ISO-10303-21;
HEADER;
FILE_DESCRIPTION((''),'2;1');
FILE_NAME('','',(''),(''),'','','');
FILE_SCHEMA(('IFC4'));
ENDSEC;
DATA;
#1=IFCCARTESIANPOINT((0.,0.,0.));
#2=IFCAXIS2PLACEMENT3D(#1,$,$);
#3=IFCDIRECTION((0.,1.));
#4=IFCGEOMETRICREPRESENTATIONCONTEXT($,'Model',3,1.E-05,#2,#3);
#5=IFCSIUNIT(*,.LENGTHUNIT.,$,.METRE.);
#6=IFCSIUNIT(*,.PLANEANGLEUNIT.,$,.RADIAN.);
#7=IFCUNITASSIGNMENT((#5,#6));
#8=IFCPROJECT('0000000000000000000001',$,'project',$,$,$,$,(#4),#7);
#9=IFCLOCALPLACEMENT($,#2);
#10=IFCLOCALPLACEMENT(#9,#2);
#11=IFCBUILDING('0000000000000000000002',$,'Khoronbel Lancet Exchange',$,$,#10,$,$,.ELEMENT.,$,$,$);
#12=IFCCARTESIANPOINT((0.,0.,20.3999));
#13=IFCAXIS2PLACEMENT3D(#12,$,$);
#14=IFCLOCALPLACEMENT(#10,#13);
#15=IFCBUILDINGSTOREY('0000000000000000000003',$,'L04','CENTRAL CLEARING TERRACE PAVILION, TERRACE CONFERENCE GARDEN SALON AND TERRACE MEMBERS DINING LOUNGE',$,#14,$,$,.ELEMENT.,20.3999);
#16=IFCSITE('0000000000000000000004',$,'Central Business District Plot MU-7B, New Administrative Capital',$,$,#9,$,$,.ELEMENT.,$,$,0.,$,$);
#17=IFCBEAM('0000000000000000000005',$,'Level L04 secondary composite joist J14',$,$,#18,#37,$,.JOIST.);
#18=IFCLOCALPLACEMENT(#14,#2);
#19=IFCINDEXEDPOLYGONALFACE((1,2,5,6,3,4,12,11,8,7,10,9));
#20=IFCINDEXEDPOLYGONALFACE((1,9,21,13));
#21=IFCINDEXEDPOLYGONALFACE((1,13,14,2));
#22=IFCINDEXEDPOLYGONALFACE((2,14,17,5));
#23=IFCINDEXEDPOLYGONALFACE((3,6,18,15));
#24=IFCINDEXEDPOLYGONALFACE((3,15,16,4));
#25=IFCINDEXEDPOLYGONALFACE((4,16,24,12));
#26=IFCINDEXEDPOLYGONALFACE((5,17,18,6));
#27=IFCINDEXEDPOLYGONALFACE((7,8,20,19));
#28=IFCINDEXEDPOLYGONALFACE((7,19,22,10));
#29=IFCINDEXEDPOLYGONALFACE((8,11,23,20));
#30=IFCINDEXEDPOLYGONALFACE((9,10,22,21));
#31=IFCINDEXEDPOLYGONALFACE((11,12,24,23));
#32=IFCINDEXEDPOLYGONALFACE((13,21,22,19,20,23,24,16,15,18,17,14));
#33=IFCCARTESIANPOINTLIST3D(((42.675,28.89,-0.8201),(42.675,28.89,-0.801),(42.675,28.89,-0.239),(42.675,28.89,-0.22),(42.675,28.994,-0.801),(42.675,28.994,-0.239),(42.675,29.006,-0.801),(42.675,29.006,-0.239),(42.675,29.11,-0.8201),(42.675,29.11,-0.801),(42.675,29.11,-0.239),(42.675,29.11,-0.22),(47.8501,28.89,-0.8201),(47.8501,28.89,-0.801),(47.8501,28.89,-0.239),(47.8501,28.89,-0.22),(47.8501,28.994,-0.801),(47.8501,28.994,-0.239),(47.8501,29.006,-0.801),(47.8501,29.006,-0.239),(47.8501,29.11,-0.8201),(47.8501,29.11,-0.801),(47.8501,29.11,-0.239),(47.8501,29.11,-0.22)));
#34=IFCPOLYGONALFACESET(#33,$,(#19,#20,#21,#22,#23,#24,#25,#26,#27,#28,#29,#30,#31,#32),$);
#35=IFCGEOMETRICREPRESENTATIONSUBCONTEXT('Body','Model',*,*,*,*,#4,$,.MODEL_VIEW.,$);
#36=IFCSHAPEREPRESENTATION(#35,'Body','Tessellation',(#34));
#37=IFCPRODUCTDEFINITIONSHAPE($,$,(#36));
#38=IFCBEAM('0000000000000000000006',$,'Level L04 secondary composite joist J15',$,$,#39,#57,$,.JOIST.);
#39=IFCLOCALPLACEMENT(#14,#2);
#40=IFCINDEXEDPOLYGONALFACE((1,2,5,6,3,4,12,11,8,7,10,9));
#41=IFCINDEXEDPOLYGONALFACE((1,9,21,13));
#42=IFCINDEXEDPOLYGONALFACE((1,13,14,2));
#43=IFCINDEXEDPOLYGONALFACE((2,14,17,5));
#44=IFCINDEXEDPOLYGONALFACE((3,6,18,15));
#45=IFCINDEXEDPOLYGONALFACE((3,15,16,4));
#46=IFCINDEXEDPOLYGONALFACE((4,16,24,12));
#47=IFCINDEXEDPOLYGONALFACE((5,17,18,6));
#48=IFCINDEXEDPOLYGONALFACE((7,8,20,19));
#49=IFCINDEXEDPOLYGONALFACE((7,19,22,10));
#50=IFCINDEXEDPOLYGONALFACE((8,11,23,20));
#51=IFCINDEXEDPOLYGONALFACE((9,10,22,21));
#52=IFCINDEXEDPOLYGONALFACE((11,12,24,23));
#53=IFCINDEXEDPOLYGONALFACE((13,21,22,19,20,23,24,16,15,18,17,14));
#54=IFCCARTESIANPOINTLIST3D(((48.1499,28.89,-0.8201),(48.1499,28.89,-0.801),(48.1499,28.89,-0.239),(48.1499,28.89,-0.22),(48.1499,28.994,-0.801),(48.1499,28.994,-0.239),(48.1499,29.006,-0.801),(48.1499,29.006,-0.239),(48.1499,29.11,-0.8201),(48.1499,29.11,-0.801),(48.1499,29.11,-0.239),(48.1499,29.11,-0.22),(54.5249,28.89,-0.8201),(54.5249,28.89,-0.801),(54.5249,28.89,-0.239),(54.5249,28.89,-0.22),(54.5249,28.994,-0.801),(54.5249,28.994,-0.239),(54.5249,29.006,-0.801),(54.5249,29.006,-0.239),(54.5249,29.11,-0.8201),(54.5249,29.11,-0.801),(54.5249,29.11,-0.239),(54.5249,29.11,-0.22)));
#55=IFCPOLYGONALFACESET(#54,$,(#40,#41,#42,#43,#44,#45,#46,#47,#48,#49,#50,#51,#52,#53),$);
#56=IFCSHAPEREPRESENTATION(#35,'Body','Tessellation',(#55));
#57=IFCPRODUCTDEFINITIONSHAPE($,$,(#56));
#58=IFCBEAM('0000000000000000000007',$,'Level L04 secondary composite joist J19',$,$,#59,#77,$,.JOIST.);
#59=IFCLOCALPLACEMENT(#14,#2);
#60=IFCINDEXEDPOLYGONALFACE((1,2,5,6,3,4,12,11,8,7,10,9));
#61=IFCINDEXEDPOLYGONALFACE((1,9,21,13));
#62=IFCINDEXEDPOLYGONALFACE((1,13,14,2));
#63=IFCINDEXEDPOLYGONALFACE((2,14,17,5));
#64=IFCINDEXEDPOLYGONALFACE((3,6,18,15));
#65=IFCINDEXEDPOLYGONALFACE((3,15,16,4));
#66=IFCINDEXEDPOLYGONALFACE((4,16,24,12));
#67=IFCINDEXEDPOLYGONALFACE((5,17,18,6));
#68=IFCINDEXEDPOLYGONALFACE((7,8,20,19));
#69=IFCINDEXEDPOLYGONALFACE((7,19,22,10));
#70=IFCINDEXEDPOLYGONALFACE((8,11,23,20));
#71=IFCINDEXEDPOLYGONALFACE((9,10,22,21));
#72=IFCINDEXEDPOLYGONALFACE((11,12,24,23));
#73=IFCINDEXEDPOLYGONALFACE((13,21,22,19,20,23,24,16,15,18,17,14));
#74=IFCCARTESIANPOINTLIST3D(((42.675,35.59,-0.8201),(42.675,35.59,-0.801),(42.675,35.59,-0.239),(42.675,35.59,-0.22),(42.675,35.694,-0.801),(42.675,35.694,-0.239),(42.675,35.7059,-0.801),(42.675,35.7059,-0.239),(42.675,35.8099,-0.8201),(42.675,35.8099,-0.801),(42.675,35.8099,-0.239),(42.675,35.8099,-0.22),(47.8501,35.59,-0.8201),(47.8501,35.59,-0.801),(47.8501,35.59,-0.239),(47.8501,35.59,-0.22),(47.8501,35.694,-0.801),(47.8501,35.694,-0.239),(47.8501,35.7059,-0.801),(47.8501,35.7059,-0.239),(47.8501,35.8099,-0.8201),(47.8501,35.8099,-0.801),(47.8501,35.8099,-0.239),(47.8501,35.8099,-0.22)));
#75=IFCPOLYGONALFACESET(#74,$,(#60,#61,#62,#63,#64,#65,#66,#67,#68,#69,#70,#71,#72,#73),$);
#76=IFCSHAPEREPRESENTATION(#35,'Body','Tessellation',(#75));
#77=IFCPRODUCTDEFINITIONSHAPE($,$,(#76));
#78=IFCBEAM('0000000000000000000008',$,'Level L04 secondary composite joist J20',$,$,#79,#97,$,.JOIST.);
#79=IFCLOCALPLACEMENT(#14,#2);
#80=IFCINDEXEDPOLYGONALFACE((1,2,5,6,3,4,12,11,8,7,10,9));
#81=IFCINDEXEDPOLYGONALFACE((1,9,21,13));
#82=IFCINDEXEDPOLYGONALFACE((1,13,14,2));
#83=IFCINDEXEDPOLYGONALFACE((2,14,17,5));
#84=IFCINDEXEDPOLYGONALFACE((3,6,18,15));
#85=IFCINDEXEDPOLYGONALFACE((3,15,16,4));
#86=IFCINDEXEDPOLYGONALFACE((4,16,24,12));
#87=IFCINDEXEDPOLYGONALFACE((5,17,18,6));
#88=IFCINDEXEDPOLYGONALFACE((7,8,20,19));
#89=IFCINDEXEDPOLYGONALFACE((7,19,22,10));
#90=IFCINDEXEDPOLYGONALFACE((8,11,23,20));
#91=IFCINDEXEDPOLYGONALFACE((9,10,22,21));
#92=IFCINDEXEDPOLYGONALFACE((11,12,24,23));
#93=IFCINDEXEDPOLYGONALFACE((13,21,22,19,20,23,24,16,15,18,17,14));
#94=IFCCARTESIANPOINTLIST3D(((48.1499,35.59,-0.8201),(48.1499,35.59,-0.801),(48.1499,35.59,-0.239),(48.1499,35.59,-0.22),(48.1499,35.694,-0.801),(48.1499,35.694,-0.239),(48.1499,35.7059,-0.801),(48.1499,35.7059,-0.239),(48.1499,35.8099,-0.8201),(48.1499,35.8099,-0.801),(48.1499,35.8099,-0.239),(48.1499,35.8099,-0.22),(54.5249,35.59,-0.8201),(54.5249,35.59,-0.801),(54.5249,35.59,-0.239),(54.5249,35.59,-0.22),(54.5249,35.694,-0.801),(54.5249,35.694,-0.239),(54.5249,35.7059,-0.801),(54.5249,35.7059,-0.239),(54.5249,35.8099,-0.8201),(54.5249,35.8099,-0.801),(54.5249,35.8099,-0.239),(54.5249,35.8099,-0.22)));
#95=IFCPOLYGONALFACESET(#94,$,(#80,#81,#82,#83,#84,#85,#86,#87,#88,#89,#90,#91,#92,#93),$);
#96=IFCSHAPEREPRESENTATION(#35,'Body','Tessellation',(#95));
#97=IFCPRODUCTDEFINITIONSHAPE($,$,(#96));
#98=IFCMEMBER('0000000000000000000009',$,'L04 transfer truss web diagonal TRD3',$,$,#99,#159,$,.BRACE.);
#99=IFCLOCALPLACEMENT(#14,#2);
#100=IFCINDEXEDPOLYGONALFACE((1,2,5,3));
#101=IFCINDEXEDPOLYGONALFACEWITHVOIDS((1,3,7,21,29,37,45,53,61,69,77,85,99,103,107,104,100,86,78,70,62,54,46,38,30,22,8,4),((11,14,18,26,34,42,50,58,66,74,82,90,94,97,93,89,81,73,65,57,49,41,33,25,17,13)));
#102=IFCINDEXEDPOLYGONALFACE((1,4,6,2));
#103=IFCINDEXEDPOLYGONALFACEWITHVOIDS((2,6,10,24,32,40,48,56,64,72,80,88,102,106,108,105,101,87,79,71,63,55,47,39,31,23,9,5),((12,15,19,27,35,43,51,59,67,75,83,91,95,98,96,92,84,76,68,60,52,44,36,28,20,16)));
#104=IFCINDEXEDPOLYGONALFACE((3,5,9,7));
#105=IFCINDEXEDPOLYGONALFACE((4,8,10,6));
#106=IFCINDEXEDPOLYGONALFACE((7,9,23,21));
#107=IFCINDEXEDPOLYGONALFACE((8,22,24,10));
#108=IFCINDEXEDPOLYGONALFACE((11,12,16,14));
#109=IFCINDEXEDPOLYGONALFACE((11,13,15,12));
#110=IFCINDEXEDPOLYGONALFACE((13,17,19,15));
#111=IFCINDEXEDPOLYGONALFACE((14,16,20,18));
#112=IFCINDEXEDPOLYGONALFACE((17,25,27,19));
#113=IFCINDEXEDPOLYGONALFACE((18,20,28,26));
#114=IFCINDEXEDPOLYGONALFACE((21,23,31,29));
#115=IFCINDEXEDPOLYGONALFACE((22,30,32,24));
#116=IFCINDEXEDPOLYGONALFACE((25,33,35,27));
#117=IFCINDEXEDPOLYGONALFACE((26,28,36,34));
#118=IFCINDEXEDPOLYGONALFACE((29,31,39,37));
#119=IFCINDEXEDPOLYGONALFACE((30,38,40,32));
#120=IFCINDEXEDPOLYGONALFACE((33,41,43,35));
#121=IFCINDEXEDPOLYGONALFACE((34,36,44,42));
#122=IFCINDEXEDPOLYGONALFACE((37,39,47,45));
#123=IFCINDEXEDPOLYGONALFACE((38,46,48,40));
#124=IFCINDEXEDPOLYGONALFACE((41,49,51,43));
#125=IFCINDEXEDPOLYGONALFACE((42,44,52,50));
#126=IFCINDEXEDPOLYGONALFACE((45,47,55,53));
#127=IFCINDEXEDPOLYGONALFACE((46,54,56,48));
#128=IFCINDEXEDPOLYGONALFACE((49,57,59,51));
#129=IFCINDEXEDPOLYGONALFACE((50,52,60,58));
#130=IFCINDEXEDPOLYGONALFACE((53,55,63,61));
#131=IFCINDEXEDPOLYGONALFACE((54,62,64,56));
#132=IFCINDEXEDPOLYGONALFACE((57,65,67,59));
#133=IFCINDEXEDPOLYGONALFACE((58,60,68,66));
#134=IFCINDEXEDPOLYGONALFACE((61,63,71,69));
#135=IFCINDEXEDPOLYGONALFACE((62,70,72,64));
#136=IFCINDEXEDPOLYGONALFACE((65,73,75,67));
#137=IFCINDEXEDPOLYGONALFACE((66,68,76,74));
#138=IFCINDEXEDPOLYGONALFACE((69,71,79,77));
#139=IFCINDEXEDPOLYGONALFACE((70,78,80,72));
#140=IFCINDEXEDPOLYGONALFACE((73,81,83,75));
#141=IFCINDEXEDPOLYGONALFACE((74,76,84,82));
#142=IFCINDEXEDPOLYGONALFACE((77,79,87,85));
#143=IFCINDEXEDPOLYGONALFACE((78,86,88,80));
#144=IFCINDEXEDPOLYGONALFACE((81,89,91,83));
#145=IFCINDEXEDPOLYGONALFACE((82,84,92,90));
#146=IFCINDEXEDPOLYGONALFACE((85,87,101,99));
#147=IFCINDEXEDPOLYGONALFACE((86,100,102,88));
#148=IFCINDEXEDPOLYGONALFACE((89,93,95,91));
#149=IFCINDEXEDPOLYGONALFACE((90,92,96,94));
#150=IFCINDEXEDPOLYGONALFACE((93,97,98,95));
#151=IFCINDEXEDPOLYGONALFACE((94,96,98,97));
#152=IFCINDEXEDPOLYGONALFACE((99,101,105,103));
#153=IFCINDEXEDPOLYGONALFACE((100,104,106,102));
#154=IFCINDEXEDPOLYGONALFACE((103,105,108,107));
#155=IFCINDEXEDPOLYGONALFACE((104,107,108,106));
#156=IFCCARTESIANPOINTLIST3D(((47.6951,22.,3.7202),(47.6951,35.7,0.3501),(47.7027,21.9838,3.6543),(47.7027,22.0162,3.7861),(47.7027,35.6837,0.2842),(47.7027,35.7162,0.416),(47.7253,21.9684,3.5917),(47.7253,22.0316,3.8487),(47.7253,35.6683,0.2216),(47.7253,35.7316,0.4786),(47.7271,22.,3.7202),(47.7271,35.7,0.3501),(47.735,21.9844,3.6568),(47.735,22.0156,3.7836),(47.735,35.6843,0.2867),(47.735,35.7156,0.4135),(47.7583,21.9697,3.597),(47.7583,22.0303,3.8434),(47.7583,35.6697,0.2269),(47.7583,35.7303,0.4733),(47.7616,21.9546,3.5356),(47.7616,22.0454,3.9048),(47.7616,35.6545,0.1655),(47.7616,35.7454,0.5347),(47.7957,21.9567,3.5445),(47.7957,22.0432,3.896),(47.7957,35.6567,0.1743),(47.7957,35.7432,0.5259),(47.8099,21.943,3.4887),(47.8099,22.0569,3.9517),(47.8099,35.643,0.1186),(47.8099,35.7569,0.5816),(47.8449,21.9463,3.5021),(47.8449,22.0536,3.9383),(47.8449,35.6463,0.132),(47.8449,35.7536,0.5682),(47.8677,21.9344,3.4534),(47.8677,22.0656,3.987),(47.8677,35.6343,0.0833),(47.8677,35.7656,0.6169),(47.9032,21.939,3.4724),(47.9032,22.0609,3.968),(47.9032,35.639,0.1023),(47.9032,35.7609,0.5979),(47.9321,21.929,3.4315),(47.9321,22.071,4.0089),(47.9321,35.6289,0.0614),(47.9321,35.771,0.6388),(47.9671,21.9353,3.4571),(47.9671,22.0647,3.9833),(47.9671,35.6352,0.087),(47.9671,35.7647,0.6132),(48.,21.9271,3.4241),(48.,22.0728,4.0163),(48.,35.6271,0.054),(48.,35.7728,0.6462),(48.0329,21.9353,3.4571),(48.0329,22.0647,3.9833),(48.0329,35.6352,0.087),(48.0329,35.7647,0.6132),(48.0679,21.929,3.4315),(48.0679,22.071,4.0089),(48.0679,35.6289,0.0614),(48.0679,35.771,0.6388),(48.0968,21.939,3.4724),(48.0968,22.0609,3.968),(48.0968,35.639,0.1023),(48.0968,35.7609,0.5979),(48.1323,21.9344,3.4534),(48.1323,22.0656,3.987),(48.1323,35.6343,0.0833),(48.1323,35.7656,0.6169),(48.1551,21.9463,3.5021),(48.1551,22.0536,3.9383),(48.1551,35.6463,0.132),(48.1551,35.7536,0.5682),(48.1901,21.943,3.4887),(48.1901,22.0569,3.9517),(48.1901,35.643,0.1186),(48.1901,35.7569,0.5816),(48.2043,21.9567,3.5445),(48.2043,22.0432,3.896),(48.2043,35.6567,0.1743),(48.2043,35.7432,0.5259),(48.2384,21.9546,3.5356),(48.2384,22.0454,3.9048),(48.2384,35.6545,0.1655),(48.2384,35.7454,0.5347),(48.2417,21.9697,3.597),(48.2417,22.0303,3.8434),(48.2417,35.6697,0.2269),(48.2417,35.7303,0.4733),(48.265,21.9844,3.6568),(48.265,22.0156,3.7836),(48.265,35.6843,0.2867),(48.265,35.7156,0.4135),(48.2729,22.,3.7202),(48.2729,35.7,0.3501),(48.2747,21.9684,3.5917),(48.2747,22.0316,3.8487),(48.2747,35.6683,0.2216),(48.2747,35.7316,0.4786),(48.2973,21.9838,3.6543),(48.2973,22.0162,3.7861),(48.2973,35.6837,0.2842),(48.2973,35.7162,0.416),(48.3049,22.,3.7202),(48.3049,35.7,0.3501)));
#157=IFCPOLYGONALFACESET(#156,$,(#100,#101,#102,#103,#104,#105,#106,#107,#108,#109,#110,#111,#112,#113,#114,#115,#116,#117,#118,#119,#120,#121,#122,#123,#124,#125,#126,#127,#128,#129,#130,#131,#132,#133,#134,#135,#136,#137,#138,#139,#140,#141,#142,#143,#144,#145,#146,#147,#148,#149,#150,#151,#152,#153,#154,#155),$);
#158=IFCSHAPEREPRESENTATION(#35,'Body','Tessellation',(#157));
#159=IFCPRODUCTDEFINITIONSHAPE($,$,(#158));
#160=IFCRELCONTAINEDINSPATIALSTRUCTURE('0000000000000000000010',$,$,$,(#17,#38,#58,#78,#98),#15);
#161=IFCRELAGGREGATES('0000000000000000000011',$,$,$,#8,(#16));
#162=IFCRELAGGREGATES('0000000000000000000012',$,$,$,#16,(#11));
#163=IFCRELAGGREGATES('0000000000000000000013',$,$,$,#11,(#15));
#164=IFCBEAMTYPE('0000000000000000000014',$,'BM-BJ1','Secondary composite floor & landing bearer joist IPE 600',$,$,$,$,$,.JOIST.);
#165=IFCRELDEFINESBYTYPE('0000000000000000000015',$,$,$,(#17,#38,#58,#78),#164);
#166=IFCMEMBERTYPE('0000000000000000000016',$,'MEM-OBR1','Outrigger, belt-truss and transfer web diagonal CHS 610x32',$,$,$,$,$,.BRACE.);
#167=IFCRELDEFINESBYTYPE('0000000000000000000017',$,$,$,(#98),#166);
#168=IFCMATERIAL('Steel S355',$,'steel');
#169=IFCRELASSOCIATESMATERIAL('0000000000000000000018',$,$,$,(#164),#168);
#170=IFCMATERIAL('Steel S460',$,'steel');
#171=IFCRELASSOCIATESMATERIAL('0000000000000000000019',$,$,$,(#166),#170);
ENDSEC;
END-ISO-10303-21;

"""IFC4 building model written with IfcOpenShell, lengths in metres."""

from ifc_helpers import new_model, si_unit, direction, frame, origin, origin_2d, place, context, subcontext, project, spatial, hollow_circle, i_section, extrude, material, material_profile, profile_set, type_object, element, save


model = new_model("IFC4")

# Units and contexts
model_context = context("Model", 3, precision=1e-05, world=origin(), true_north=direction((0.0, 1.0)))
body_context = subcontext(model_context, "Body", "Model", "MODEL_VIEW")
ifc_project = project(units=[si_unit("LENGTHUNIT", "METRE"), si_unit("PLANEANGLEUNIT", "RADIAN")], contexts=[model_context])

# Site, building, storey
site_placement = place(None, origin())
site = spatial("IfcSite", under=ifc_project, at=site_placement, Name="Central Business District Plot MU-7B, New Administrative Capital", CompositionType="ELEMENT", RefElevation=0.0)
building_placement = place(site_placement, origin())
building = spatial("IfcBuilding", under=site, at=building_placement, Name="Khoronbel Lancet Exchange", CompositionType="ELEMENT")
storey_placement = place(building_placement, frame((0.0, 0.0, 20.3999)))
storey = spatial("IfcBuildingStorey", under=building, at=storey_placement, Name="L04", Description="CENTRAL CLEARING TERRACE PAVILION, TERRACE CONFERENCE GARDEN SALON AND TERRACE MEMBERS DINING LOUNGE", CompositionType="ELEMENT", Elevation=20.3999)

# Shared definitions
ifc_material_1 = material(Name="Steel S460", Category="steel")
ifc_material_2 = material(Name="Steel S355", Category="steel")

# Beams
ifc_material_profile_1 = material_profile(ifc_material_2, i_section(OverallWidth=0.22, OverallDepth=0.6001, WebThickness=0.012, FlangeThickness=0.019, at=origin_2d()), Name="IPE 600")
ifc_profile_set_1 = profile_set([ifc_material_profile_1], Name="Steel S355")
beam_type_1 = type_object("IfcBeamType", Name="BM-BJ1", Description="Secondary composite floor & landing bearer joist IPE 600", PredefinedType="JOIST", material=ifc_profile_set_1)
beam_1_placement = place(storey_placement, frame((42.675, 29.0, -0.52), z_axis=(1.0, 0.0, 0.0), x_axis=(0.0, 1.0, 0.0)))
element("IfcBeam", 1, at=beam_1_placement, inside=storey, type_object=beam_type_1, Name="Level L04 secondary composite joist J14", PredefinedType="JOIST", context=body_context, shape_type="SweptSolid", body=[
    extrude(i_section(OverallWidth=0.22, OverallDepth=0.6001, WebThickness=0.012, FlangeThickness=0.019, at=origin_2d()), origin(), (0.0, 0.0, 1.0), 5.175),
])
beam_2_placement = place(storey_placement, frame((48.1499, 29.0, -0.52), z_axis=(1.0, 0.0, 0.0), x_axis=(0.0, 1.0, 0.0)))
element("IfcBeam", 2, at=beam_2_placement, inside=storey, type_object=beam_type_1, Name="Level L04 secondary composite joist J15", PredefinedType="JOIST", context=body_context, shape_type="SweptSolid", body=[
    extrude(i_section(OverallWidth=0.22, OverallDepth=0.6001, WebThickness=0.012, FlangeThickness=0.019, at=origin_2d()), origin(), (0.0, 0.0, 1.0), 6.375),
])
beam_3_placement = place(storey_placement, frame((42.675, 35.7, -0.52), z_axis=(1.0, 0.0, 0.0), x_axis=(0.0, 1.0, 0.0)))
element("IfcBeam", 3, at=beam_3_placement, inside=storey, type_object=beam_type_1, Name="Level L04 secondary composite joist J19", PredefinedType="JOIST", context=body_context, shape_type="SweptSolid", body=[
    extrude(i_section(OverallWidth=0.22, OverallDepth=0.6001, WebThickness=0.012, FlangeThickness=0.019, at=origin_2d()), origin(), (0.0, 0.0, 1.0), 5.175),
])
beam_4_placement = place(storey_placement, frame((48.1499, 35.7, -0.52), z_axis=(1.0, 0.0, 0.0), x_axis=(0.0, 1.0, 0.0)))
element("IfcBeam", 4, at=beam_4_placement, inside=storey, type_object=beam_type_1, Name="Level L04 secondary composite joist J20", PredefinedType="JOIST", context=body_context, shape_type="SweptSolid", body=[
    extrude(i_section(OverallWidth=0.22, OverallDepth=0.6001, WebThickness=0.012, FlangeThickness=0.019, at=origin_2d()), origin(), (0.0, 0.0, 1.0), 6.375),
])

# Member
ifc_material_profile_2 = material_profile(ifc_material_1, hollow_circle(Radius=0.3049, WallThickness=0.032, at=origin_2d()), Name="CHS 610x32")
ifc_profile_set_2 = profile_set([ifc_material_profile_2], Name="Steel S460")
member_type = type_object("IfcMemberType", Name="MEM-OBR1", Description="Outrigger, belt-truss and transfer web diagonal CHS 610x32", PredefinedType="BRACE", material=ifc_profile_set_2)
for number, where, z_axis, x_axis, name in (
    (5, (48.0, 35.7, 0.3501), (0.0, -0.971051, 0.238873), (1.0, 0.0, 0.0), "L04 transfer truss web diagonal TRD3"),
):
    element("IfcMember", number, at=place(storey_placement, frame(where, z_axis=z_axis, x_axis=x_axis)), inside=storey, type_object=member_type, Name=name, PredefinedType="BRACE", context=body_context, shape_type="SweptSolid", body=[
        extrude(hollow_circle(Radius=0.3049, WallThickness=0.032, at=origin_2d()), origin(), (0.0, 0.0, 1.0), 14.1084),
    ])

save(model, "model.ifc")
